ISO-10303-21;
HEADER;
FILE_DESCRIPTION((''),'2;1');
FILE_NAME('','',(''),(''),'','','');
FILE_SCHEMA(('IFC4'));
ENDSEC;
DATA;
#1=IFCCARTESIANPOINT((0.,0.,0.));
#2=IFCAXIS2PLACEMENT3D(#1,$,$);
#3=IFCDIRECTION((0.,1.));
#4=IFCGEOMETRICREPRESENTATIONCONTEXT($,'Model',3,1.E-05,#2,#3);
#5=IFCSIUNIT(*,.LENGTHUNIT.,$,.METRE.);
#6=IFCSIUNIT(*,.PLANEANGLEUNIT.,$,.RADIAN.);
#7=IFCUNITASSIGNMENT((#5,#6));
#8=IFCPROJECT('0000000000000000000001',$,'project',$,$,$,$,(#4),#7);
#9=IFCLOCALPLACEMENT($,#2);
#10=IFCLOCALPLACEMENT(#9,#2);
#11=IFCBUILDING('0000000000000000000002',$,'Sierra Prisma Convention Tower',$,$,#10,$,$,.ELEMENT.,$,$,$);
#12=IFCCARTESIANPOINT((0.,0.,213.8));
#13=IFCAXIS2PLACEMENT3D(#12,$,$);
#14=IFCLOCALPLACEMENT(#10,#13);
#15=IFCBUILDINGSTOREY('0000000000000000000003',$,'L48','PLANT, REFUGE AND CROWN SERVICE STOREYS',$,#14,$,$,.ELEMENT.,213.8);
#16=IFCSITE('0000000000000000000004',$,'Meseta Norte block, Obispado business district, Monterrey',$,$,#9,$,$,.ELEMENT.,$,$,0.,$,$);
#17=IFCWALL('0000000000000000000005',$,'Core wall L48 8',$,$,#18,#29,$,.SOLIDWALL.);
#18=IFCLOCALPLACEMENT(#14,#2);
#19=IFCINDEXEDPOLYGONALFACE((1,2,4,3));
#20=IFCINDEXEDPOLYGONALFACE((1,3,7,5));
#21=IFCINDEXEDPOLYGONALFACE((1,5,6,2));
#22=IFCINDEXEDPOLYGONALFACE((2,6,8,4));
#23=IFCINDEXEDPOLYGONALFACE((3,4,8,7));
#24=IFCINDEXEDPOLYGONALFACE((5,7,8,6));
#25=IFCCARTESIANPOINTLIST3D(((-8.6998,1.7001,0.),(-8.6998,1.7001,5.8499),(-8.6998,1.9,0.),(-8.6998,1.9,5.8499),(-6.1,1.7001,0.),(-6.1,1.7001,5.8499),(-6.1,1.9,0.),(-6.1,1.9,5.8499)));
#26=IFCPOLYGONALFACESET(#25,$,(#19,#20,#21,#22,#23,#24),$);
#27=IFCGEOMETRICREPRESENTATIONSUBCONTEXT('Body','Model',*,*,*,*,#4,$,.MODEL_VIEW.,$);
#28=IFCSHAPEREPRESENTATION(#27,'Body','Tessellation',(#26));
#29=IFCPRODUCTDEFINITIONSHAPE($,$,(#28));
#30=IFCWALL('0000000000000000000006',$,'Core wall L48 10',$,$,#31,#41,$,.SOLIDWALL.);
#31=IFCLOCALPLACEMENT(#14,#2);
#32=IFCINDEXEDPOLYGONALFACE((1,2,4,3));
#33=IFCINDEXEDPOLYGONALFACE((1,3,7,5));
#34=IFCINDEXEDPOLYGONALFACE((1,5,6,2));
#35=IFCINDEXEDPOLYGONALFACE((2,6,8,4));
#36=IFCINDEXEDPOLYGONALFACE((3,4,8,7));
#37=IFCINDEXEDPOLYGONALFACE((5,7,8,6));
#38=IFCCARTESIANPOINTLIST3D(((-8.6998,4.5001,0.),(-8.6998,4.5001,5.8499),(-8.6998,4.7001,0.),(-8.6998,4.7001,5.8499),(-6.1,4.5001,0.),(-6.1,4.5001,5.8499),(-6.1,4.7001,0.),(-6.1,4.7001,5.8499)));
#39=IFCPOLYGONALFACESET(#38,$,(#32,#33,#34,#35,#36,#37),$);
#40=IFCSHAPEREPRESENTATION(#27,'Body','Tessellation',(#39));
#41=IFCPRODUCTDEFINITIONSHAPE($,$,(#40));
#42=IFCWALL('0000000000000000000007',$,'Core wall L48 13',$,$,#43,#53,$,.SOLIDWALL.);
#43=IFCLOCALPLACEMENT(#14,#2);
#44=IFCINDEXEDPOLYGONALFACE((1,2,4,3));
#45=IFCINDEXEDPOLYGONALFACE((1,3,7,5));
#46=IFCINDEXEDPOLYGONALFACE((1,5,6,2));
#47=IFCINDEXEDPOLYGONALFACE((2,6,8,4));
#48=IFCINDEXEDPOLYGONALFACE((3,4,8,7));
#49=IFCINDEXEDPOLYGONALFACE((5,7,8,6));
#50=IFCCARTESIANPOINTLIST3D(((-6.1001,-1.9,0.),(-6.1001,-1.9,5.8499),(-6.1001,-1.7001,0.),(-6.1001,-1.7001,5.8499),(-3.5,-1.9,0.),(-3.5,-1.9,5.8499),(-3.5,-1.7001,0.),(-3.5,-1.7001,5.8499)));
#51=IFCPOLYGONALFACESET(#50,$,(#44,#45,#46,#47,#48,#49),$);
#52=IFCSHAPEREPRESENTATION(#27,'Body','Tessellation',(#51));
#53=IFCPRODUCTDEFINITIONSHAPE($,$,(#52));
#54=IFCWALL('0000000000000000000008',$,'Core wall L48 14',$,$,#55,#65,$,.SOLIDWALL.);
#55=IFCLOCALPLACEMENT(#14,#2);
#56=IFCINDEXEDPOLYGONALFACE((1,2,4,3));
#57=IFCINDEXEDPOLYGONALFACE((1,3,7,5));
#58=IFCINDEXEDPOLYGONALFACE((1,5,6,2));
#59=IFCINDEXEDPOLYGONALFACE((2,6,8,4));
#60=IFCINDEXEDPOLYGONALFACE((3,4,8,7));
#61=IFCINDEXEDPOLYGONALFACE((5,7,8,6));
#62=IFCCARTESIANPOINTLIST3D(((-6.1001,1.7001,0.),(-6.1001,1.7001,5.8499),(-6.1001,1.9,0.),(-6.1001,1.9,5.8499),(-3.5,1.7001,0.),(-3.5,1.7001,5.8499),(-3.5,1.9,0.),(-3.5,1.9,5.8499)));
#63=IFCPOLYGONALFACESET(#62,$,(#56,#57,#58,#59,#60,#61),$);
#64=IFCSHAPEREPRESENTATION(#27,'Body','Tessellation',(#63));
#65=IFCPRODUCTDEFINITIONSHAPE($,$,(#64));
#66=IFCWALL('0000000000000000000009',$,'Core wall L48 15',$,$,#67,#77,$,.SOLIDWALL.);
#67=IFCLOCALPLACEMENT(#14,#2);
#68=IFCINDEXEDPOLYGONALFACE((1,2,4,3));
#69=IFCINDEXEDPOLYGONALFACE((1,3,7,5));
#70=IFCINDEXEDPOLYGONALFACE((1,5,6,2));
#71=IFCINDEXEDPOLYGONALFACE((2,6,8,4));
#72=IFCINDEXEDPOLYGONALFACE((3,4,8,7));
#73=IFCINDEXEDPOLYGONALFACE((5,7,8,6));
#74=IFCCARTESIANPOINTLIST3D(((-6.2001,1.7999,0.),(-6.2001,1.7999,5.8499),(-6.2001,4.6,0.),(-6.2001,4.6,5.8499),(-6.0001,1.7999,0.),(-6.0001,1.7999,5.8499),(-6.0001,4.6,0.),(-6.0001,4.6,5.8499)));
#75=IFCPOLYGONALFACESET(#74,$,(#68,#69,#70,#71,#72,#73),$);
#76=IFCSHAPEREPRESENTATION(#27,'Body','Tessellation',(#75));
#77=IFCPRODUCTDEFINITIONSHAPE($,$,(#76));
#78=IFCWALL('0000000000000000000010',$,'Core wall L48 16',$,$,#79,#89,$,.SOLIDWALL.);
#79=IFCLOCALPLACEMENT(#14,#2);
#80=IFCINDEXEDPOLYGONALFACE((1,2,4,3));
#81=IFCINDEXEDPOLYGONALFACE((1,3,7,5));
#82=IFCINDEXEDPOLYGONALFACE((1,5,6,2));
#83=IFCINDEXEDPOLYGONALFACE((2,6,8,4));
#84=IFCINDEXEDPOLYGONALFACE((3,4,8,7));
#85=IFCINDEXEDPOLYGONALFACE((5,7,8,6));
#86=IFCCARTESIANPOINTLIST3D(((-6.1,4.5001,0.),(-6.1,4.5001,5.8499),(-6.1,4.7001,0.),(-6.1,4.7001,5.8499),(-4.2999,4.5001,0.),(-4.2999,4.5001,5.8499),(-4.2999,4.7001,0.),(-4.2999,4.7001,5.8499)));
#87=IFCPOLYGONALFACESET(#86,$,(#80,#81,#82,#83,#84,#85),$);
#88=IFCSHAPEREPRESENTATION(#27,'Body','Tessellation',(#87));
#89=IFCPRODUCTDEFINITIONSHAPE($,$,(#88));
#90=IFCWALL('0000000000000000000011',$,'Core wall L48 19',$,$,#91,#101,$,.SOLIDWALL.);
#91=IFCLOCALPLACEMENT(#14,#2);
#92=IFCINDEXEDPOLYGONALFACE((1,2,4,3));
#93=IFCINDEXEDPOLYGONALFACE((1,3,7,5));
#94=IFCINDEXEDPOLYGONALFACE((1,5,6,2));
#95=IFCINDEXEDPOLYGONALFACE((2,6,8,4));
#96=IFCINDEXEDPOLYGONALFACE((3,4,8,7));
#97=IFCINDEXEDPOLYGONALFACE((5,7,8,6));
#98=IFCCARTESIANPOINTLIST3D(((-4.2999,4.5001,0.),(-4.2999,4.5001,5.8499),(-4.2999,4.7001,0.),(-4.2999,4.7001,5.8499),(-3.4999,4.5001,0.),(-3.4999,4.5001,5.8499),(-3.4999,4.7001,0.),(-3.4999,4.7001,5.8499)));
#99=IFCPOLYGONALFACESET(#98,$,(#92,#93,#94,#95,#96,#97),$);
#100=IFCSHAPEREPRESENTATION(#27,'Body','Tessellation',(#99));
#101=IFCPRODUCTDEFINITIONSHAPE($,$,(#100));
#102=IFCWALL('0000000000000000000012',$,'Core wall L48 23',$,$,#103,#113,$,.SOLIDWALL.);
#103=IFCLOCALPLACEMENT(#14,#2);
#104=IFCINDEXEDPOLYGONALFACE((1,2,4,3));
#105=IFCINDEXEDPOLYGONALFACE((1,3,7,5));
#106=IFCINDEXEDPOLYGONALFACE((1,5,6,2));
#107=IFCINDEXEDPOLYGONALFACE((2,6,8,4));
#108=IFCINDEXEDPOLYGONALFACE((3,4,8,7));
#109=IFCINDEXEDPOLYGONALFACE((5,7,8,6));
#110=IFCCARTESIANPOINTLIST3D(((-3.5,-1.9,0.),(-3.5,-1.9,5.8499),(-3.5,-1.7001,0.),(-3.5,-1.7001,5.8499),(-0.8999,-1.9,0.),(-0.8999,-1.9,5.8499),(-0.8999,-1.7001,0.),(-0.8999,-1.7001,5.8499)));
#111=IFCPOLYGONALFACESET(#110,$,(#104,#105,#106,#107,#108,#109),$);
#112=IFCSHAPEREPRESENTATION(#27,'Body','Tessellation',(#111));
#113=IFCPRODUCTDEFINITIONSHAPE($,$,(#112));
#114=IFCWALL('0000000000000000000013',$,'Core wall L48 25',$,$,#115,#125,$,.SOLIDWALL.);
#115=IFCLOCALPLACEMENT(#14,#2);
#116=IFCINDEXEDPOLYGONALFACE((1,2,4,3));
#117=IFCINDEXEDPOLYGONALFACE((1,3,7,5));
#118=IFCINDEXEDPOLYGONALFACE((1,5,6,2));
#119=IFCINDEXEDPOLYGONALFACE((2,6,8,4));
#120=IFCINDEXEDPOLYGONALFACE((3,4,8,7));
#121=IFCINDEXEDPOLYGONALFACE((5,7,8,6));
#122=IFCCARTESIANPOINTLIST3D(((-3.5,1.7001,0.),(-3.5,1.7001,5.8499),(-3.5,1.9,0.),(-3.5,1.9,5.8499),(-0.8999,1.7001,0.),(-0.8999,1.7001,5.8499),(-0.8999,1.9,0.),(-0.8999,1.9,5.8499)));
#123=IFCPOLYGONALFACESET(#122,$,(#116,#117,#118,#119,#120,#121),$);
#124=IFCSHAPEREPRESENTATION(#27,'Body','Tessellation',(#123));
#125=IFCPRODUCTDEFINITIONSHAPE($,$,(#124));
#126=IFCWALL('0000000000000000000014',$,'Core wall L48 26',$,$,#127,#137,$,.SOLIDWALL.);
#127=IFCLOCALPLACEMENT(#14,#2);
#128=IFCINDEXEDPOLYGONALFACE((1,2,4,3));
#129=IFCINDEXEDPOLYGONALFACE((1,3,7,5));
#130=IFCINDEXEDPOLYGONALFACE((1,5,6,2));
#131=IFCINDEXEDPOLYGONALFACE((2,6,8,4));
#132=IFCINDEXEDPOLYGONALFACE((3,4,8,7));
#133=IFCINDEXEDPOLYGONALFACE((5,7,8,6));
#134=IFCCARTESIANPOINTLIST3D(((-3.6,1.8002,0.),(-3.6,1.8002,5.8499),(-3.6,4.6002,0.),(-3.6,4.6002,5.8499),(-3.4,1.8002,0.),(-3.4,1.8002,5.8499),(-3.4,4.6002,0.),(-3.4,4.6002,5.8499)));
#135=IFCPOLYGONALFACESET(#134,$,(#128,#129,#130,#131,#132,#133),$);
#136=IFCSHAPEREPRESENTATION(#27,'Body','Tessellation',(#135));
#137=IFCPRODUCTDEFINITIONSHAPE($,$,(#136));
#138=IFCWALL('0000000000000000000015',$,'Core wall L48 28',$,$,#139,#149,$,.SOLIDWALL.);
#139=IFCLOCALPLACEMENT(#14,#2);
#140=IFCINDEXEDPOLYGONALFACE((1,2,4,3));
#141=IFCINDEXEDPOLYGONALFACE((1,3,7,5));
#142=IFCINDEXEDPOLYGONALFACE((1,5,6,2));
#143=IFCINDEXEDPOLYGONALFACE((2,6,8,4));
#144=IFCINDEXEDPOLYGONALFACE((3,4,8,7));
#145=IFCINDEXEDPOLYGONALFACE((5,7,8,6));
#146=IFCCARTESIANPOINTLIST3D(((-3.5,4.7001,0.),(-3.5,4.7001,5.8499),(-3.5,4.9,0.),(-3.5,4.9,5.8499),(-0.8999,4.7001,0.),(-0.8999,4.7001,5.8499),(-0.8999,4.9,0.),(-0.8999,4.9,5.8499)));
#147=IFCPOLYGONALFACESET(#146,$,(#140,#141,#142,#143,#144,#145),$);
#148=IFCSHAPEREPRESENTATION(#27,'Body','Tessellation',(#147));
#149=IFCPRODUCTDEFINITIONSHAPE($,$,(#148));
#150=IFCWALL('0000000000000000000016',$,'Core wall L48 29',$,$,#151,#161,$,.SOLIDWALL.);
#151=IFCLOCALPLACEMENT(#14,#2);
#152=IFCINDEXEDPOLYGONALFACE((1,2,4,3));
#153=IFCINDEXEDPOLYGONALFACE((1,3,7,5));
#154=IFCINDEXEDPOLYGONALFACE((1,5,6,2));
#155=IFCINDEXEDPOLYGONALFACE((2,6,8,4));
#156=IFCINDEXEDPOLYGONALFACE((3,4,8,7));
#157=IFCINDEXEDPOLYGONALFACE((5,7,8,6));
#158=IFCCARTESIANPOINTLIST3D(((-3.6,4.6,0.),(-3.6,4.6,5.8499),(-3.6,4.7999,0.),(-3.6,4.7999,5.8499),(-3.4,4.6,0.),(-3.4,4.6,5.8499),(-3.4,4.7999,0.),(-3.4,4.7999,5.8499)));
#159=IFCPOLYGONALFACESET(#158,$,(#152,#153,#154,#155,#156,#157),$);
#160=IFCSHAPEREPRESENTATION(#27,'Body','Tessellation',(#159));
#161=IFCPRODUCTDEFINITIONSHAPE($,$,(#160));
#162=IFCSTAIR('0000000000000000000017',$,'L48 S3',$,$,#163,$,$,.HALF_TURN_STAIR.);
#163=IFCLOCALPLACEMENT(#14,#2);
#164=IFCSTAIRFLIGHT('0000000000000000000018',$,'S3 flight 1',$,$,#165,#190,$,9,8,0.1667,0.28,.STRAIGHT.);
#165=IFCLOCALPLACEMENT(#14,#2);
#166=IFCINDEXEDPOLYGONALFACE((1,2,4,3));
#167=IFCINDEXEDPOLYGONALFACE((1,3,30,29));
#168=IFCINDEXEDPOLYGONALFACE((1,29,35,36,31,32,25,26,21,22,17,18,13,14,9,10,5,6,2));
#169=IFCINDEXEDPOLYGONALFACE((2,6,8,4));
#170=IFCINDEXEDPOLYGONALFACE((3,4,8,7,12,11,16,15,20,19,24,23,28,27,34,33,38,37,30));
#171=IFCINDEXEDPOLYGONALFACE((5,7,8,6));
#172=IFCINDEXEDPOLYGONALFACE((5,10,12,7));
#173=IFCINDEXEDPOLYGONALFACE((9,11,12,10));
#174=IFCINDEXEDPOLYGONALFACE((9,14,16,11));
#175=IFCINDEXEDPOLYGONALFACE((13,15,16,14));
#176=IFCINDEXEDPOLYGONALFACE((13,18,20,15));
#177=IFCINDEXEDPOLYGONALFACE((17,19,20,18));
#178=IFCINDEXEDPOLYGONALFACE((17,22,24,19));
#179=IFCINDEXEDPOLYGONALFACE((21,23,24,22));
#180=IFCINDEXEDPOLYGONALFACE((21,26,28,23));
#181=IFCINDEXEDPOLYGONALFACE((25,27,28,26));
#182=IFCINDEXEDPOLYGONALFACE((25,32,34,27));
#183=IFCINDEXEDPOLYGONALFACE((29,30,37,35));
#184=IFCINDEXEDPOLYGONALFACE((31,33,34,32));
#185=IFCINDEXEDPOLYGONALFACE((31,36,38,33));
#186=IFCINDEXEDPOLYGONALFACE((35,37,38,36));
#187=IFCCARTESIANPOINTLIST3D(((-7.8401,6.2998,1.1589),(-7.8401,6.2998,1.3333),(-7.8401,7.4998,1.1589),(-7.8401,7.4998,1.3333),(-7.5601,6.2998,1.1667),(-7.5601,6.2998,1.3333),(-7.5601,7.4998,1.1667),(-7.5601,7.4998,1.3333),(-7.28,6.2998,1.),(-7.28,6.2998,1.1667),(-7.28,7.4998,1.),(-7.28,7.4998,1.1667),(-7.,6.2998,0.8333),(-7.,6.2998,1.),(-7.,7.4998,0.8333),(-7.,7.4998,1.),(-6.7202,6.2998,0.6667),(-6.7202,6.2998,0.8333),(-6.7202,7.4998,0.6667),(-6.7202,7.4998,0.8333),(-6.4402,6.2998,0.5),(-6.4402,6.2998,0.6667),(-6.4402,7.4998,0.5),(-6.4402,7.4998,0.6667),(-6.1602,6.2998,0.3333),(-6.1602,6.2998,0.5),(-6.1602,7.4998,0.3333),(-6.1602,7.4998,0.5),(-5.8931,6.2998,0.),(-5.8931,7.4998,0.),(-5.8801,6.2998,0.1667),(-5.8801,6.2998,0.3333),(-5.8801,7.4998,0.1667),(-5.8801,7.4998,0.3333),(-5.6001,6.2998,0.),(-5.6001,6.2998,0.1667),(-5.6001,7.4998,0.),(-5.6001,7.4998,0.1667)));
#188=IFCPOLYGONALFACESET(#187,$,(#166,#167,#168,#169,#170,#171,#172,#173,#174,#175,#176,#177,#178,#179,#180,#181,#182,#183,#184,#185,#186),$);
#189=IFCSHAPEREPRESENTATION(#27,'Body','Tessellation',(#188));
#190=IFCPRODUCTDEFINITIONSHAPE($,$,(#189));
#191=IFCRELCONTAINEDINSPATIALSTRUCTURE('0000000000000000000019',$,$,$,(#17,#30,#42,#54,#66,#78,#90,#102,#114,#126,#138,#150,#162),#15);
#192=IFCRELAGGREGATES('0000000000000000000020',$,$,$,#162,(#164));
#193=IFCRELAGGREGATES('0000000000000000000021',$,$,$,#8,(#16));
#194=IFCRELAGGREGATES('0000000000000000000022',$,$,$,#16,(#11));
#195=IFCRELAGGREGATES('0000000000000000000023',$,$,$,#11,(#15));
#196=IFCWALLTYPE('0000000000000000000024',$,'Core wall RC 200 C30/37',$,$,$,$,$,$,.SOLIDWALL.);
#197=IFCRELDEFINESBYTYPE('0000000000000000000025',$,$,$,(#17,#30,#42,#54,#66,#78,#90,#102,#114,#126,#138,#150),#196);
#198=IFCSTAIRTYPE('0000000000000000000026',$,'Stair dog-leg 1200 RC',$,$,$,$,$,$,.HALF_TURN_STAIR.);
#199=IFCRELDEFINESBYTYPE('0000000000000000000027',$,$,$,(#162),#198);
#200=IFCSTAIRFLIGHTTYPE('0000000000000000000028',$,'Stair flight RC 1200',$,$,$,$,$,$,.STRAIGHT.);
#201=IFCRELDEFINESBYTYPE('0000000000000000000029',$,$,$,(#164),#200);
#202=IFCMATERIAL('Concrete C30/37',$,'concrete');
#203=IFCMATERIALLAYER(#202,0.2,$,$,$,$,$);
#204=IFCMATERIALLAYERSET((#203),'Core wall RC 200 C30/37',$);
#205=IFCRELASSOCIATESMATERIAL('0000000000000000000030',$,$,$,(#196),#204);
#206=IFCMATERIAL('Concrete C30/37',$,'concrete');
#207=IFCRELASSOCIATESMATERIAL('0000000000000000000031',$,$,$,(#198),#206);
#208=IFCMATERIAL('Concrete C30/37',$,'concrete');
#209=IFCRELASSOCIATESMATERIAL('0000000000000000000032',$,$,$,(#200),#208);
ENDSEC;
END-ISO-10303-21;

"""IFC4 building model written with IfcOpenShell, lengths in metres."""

from ifc_helpers import new_model, si_unit, direction, frame, frame_2d, origin, place, context, subcontext, project, spatial, polyline, rectangle, outline, extrude, material, layer, layer_set, type_object, element, aggregate, save


model = new_model("IFC4")

# Units and contexts
model_context = context("Model", 3, precision=1e-05, world=origin(), true_north=direction((0.0, 1.0)))
body_context = subcontext(model_context, "Body", "Model", "MODEL_VIEW")
ifc_project = project(units=[si_unit("LENGTHUNIT", "METRE"), si_unit("PLANEANGLEUNIT", "RADIAN")], contexts=[model_context])

# Site, building, storey
site_placement = place(None, origin())
site = spatial("IfcSite", under=ifc_project, at=site_placement, Name="Meseta Norte block, Obispado business district, Monterrey", CompositionType="ELEMENT", RefElevation=0.0)
building_placement = place(site_placement, origin())
building = spatial("IfcBuilding", under=site, at=building_placement, Name="Sierra Prisma Convention Tower", CompositionType="ELEMENT")
storey_placement = place(building_placement, frame((0.0, 0.0, 213.8)))
storey = spatial("IfcBuildingStorey", under=building, at=storey_placement, Name="L48", Description="PLANT, REFUGE AND CROWN SERVICE STOREYS", CompositionType="ELEMENT", Elevation=213.8)

# Walls
ifc_material_1 = material(Name="Concrete C30/37", Category="concrete")
ifc_layer_1 = layer(ifc_material_1, 0.2)
ifc_layer_set_1 = layer_set([ifc_layer_1], Name="Core wall RC 200 C30/37")
wall_type = type_object("IfcWallType", Name="Core wall RC 200 C30/37", PredefinedType="SOLIDWALL", material=ifc_layer_set_1)
for number, where, z_axis, x_axis, name in (
    (1, (-6.1001, 1.8, 0.0), (0.0, 0.0, 1.0), (-1.0, 0.0, 0.0), "Core wall L48 8"),
    (2, (-6.1001, 4.6001, 0.0), (0.0, 0.0, 1.0), (-1.0, 0.0, 0.0), "Core wall L48 10"),
):
    element("IfcWall", number, at=place(storey_placement, frame(where, z_axis=z_axis, x_axis=x_axis)), inside=storey, type_object=wall_type, Name=name, PredefinedType="SOLIDWALL", context=body_context, shape_type="SweptSolid", body=[
        extrude(rectangle(XDim=2.5999, YDim=0.2, at=frame_2d((1.2998, 0.0))), origin(), (0.0, 0.0, 1.0), 5.8499),
    ])
for number, where, z_axis, x_axis, name in (
    (3, (-6.1001, -1.8, 0.0), (0.0, 0.0, 1.0), (1.0, 0.0, 0.0), "Core wall L48 13"),
    (4, (-3.5, 1.8, 0.0), (0.0, 0.0, 1.0), (-1.0, 0.0, 0.0), "Core wall L48 14"),
):
    element("IfcWall", number, at=place(storey_placement, frame(where, z_axis=z_axis, x_axis=x_axis)), inside=storey, type_object=wall_type, Name=name, PredefinedType="SOLIDWALL", context=body_context, shape_type="SweptSolid", body=[
        extrude(rectangle(XDim=2.6001, YDim=0.2, at=frame_2d((1.3, 0.0))), origin(), (0.0, 0.0, 1.0), 5.8499),
    ])
wall_1_placement = place(storey_placement, frame((-6.1001, 1.8, 0.0), z_axis=(0.0, 0.0, 1.0), x_axis=(0.0, 1.0, 0.0)))
element("IfcWall", 5, at=wall_1_placement, inside=storey, type_object=wall_type, Name="Core wall L48 15", PredefinedType="SOLIDWALL", context=body_context, shape_type="SweptSolid", body=[
    extrude(rectangle(XDim=2.8, YDim=0.2, at=frame_2d((1.3999, 0.0))), origin(), (0.0, 0.0, 1.0), 5.8499),
])
wall_2_placement = place(storey_placement, frame((-4.3, 4.6001, 0.0), z_axis=(0.0, 0.0, 1.0), x_axis=(-1.0, 0.0, 0.0)))
element("IfcWall", 6, at=wall_2_placement, inside=storey, type_object=wall_type, Name="Core wall L48 16", PredefinedType="SOLIDWALL", context=body_context, shape_type="SweptSolid", body=[
    extrude(rectangle(XDim=1.8, YDim=0.2, at=frame_2d((0.8999, 0.0))), origin(), (0.0, 0.0, 1.0), 5.8499),
])
wall_3_placement = place(storey_placement, frame((-3.5, 4.6001, 0.0), z_axis=(0.0, 0.0, 1.0), x_axis=(-1.0, 0.0, 0.0)))
element("IfcWall", 7, at=wall_3_placement, inside=storey, type_object=wall_type, Name="Core wall L48 19", PredefinedType="SOLIDWALL", context=body_context, shape_type="SweptSolid", body=[
    extrude(rectangle(XDim=0.8, YDim=0.2, at=frame_2d((0.3999, 0.0))), origin(), (0.0, 0.0, 1.0), 5.8499),
])

# Wall
wall_4_placement = place(storey_placement, frame((-3.5, -1.8, 0.0), z_axis=(0.0, 0.0, 1.0), x_axis=(1.0, 0.0, 0.0)))
element("IfcWall", 8, at=wall_4_placement, inside=storey, type_object=wall_type, Name="Core wall L48 23", PredefinedType="SOLIDWALL", context=body_context, shape_type="SweptSolid", body=[
    extrude(rectangle(XDim=2.6001, YDim=0.2, at=frame_2d((1.3, 0.0))), origin(), (0.0, 0.0, 1.0), 5.8499),
])

# Walls
wall_5_placement = place(storey_placement, frame((-0.8999, 1.8, 0.0), z_axis=(0.0, 0.0, 1.0), x_axis=(-1.0, 0.0, 0.0)))
element("IfcWall", 9, at=wall_5_placement, inside=storey, type_object=wall_type, Name="Core wall L48 25", PredefinedType="SOLIDWALL", context=body_context, shape_type="SweptSolid", body=[
    extrude(rectangle(XDim=2.6001, YDim=0.2, at=frame_2d((1.3, 0.0))), origin(), (0.0, 0.0, 1.0), 5.8499),
])
wall_6_placement = place(storey_placement, frame((-3.5, 4.6001, 0.0), z_axis=(0.0, 0.0, 1.0), x_axis=(0.0, -1.0, 0.0)))
element("IfcWall", 10, at=wall_6_placement, inside=storey, type_object=wall_type, Name="Core wall L48 26", PredefinedType="SOLIDWALL", context=body_context, shape_type="SweptSolid", body=[
    extrude(rectangle(XDim=2.8, YDim=0.2, at=frame_2d((1.3999, 0.0))), origin(), (0.0, 0.0, 1.0), 5.8499),
])

# Walls
wall_7_placement = place(storey_placement, frame((-0.8999, 4.8, 0.0), z_axis=(0.0, 0.0, 1.0), x_axis=(-1.0, 0.0, 0.0)))
element("IfcWall", 11, at=wall_7_placement, inside=storey, type_object=wall_type, Name="Core wall L48 28", PredefinedType="SOLIDWALL", context=body_context, shape_type="SweptSolid", body=[
    extrude(rectangle(XDim=2.6001, YDim=0.2, at=frame_2d((1.3, 0.0))), origin(), (0.0, 0.0, 1.0), 5.8499),
])
wall_8_placement = place(storey_placement, frame((-3.5, 4.8, 0.0), z_axis=(0.0, 0.0, 1.0), x_axis=(0.0, -1.0, 0.0)))
element("IfcWall", 12, at=wall_8_placement, inside=storey, type_object=wall_type, Name="Core wall L48 29", PredefinedType="SOLIDWALL", context=body_context, shape_type="SweptSolid", body=[
    extrude(rectangle(XDim=0.2, YDim=0.2, at=frame_2d((0.1001, 0.0))), origin(), (0.0, 0.0, 1.0), 5.8499),
])

# Stair, stair flight
ifc_material_2 = material(Name="Concrete C30/37", Category="concrete")
stair_type = type_object("IfcStairType", Name="Stair dog-leg 1200 RC", PredefinedType="HALF_TURN_STAIR", material=ifc_material_2)
stair_placement = place(storey_placement, origin())
stair = element("IfcStair", 13, at=stair_placement, inside=storey, type_object=stair_type, Name="L48 S3", PredefinedType="HALF_TURN_STAIR")
ifc_material_3 = material(Name="Concrete C30/37", Category="concrete")
stair_flight_type = type_object("IfcStairFlightType", Name="Stair flight RC 1200", PredefinedType="STRAIGHT", material=ifc_material_3)
stair_flight_1_placement = place(storey_placement, frame((-5.6001, 6.8999, 0.0), z_axis=(0.0, 0.0, 1.0), x_axis=(-1.0, 0.0, 0.0)))
stair_flight_1 = element("IfcStairFlight", 14, at=stair_flight_1_placement, type_object=stair_flight_type, Name="S3 flight 1", NumberOfRisers=9, NumberOfTreads=8, PredefinedType="STRAIGHT", RiserHeight=0.1667, TreadLength=0.28, context=body_context, shape_type="SweptSolid", body=[
    extrude(outline(polyline([(0.0, 0.0), (0.0, 0.1667), (0.28, 0.1667), (0.28, 0.3333), (0.5601, 0.3333), (0.5601, 0.5), (0.8401, 0.5), (0.8401, 0.6667), (1.1201, 0.6667), (1.1201, 0.8333), (1.3999, 0.8333), (1.3999, 1.0), (1.6799, 1.0), (1.6799, 1.1667), (1.96, 1.1667), (1.96, 1.3333), (2.24, 1.3333), (2.24, 1.5), (2.24, 1.1589), (0.293, 0.0), (0.0, 0.0)])), frame((0.0, 0.6001, 0.0), z_axis=(0.0, -1.0, 0.0), x_axis=(1.0, 0.0, 0.0)), (0.0, 0.0, 1.0), 1.2),
])
aggregate(stair, [stair_flight_1])

save(model, "model.ifc")
